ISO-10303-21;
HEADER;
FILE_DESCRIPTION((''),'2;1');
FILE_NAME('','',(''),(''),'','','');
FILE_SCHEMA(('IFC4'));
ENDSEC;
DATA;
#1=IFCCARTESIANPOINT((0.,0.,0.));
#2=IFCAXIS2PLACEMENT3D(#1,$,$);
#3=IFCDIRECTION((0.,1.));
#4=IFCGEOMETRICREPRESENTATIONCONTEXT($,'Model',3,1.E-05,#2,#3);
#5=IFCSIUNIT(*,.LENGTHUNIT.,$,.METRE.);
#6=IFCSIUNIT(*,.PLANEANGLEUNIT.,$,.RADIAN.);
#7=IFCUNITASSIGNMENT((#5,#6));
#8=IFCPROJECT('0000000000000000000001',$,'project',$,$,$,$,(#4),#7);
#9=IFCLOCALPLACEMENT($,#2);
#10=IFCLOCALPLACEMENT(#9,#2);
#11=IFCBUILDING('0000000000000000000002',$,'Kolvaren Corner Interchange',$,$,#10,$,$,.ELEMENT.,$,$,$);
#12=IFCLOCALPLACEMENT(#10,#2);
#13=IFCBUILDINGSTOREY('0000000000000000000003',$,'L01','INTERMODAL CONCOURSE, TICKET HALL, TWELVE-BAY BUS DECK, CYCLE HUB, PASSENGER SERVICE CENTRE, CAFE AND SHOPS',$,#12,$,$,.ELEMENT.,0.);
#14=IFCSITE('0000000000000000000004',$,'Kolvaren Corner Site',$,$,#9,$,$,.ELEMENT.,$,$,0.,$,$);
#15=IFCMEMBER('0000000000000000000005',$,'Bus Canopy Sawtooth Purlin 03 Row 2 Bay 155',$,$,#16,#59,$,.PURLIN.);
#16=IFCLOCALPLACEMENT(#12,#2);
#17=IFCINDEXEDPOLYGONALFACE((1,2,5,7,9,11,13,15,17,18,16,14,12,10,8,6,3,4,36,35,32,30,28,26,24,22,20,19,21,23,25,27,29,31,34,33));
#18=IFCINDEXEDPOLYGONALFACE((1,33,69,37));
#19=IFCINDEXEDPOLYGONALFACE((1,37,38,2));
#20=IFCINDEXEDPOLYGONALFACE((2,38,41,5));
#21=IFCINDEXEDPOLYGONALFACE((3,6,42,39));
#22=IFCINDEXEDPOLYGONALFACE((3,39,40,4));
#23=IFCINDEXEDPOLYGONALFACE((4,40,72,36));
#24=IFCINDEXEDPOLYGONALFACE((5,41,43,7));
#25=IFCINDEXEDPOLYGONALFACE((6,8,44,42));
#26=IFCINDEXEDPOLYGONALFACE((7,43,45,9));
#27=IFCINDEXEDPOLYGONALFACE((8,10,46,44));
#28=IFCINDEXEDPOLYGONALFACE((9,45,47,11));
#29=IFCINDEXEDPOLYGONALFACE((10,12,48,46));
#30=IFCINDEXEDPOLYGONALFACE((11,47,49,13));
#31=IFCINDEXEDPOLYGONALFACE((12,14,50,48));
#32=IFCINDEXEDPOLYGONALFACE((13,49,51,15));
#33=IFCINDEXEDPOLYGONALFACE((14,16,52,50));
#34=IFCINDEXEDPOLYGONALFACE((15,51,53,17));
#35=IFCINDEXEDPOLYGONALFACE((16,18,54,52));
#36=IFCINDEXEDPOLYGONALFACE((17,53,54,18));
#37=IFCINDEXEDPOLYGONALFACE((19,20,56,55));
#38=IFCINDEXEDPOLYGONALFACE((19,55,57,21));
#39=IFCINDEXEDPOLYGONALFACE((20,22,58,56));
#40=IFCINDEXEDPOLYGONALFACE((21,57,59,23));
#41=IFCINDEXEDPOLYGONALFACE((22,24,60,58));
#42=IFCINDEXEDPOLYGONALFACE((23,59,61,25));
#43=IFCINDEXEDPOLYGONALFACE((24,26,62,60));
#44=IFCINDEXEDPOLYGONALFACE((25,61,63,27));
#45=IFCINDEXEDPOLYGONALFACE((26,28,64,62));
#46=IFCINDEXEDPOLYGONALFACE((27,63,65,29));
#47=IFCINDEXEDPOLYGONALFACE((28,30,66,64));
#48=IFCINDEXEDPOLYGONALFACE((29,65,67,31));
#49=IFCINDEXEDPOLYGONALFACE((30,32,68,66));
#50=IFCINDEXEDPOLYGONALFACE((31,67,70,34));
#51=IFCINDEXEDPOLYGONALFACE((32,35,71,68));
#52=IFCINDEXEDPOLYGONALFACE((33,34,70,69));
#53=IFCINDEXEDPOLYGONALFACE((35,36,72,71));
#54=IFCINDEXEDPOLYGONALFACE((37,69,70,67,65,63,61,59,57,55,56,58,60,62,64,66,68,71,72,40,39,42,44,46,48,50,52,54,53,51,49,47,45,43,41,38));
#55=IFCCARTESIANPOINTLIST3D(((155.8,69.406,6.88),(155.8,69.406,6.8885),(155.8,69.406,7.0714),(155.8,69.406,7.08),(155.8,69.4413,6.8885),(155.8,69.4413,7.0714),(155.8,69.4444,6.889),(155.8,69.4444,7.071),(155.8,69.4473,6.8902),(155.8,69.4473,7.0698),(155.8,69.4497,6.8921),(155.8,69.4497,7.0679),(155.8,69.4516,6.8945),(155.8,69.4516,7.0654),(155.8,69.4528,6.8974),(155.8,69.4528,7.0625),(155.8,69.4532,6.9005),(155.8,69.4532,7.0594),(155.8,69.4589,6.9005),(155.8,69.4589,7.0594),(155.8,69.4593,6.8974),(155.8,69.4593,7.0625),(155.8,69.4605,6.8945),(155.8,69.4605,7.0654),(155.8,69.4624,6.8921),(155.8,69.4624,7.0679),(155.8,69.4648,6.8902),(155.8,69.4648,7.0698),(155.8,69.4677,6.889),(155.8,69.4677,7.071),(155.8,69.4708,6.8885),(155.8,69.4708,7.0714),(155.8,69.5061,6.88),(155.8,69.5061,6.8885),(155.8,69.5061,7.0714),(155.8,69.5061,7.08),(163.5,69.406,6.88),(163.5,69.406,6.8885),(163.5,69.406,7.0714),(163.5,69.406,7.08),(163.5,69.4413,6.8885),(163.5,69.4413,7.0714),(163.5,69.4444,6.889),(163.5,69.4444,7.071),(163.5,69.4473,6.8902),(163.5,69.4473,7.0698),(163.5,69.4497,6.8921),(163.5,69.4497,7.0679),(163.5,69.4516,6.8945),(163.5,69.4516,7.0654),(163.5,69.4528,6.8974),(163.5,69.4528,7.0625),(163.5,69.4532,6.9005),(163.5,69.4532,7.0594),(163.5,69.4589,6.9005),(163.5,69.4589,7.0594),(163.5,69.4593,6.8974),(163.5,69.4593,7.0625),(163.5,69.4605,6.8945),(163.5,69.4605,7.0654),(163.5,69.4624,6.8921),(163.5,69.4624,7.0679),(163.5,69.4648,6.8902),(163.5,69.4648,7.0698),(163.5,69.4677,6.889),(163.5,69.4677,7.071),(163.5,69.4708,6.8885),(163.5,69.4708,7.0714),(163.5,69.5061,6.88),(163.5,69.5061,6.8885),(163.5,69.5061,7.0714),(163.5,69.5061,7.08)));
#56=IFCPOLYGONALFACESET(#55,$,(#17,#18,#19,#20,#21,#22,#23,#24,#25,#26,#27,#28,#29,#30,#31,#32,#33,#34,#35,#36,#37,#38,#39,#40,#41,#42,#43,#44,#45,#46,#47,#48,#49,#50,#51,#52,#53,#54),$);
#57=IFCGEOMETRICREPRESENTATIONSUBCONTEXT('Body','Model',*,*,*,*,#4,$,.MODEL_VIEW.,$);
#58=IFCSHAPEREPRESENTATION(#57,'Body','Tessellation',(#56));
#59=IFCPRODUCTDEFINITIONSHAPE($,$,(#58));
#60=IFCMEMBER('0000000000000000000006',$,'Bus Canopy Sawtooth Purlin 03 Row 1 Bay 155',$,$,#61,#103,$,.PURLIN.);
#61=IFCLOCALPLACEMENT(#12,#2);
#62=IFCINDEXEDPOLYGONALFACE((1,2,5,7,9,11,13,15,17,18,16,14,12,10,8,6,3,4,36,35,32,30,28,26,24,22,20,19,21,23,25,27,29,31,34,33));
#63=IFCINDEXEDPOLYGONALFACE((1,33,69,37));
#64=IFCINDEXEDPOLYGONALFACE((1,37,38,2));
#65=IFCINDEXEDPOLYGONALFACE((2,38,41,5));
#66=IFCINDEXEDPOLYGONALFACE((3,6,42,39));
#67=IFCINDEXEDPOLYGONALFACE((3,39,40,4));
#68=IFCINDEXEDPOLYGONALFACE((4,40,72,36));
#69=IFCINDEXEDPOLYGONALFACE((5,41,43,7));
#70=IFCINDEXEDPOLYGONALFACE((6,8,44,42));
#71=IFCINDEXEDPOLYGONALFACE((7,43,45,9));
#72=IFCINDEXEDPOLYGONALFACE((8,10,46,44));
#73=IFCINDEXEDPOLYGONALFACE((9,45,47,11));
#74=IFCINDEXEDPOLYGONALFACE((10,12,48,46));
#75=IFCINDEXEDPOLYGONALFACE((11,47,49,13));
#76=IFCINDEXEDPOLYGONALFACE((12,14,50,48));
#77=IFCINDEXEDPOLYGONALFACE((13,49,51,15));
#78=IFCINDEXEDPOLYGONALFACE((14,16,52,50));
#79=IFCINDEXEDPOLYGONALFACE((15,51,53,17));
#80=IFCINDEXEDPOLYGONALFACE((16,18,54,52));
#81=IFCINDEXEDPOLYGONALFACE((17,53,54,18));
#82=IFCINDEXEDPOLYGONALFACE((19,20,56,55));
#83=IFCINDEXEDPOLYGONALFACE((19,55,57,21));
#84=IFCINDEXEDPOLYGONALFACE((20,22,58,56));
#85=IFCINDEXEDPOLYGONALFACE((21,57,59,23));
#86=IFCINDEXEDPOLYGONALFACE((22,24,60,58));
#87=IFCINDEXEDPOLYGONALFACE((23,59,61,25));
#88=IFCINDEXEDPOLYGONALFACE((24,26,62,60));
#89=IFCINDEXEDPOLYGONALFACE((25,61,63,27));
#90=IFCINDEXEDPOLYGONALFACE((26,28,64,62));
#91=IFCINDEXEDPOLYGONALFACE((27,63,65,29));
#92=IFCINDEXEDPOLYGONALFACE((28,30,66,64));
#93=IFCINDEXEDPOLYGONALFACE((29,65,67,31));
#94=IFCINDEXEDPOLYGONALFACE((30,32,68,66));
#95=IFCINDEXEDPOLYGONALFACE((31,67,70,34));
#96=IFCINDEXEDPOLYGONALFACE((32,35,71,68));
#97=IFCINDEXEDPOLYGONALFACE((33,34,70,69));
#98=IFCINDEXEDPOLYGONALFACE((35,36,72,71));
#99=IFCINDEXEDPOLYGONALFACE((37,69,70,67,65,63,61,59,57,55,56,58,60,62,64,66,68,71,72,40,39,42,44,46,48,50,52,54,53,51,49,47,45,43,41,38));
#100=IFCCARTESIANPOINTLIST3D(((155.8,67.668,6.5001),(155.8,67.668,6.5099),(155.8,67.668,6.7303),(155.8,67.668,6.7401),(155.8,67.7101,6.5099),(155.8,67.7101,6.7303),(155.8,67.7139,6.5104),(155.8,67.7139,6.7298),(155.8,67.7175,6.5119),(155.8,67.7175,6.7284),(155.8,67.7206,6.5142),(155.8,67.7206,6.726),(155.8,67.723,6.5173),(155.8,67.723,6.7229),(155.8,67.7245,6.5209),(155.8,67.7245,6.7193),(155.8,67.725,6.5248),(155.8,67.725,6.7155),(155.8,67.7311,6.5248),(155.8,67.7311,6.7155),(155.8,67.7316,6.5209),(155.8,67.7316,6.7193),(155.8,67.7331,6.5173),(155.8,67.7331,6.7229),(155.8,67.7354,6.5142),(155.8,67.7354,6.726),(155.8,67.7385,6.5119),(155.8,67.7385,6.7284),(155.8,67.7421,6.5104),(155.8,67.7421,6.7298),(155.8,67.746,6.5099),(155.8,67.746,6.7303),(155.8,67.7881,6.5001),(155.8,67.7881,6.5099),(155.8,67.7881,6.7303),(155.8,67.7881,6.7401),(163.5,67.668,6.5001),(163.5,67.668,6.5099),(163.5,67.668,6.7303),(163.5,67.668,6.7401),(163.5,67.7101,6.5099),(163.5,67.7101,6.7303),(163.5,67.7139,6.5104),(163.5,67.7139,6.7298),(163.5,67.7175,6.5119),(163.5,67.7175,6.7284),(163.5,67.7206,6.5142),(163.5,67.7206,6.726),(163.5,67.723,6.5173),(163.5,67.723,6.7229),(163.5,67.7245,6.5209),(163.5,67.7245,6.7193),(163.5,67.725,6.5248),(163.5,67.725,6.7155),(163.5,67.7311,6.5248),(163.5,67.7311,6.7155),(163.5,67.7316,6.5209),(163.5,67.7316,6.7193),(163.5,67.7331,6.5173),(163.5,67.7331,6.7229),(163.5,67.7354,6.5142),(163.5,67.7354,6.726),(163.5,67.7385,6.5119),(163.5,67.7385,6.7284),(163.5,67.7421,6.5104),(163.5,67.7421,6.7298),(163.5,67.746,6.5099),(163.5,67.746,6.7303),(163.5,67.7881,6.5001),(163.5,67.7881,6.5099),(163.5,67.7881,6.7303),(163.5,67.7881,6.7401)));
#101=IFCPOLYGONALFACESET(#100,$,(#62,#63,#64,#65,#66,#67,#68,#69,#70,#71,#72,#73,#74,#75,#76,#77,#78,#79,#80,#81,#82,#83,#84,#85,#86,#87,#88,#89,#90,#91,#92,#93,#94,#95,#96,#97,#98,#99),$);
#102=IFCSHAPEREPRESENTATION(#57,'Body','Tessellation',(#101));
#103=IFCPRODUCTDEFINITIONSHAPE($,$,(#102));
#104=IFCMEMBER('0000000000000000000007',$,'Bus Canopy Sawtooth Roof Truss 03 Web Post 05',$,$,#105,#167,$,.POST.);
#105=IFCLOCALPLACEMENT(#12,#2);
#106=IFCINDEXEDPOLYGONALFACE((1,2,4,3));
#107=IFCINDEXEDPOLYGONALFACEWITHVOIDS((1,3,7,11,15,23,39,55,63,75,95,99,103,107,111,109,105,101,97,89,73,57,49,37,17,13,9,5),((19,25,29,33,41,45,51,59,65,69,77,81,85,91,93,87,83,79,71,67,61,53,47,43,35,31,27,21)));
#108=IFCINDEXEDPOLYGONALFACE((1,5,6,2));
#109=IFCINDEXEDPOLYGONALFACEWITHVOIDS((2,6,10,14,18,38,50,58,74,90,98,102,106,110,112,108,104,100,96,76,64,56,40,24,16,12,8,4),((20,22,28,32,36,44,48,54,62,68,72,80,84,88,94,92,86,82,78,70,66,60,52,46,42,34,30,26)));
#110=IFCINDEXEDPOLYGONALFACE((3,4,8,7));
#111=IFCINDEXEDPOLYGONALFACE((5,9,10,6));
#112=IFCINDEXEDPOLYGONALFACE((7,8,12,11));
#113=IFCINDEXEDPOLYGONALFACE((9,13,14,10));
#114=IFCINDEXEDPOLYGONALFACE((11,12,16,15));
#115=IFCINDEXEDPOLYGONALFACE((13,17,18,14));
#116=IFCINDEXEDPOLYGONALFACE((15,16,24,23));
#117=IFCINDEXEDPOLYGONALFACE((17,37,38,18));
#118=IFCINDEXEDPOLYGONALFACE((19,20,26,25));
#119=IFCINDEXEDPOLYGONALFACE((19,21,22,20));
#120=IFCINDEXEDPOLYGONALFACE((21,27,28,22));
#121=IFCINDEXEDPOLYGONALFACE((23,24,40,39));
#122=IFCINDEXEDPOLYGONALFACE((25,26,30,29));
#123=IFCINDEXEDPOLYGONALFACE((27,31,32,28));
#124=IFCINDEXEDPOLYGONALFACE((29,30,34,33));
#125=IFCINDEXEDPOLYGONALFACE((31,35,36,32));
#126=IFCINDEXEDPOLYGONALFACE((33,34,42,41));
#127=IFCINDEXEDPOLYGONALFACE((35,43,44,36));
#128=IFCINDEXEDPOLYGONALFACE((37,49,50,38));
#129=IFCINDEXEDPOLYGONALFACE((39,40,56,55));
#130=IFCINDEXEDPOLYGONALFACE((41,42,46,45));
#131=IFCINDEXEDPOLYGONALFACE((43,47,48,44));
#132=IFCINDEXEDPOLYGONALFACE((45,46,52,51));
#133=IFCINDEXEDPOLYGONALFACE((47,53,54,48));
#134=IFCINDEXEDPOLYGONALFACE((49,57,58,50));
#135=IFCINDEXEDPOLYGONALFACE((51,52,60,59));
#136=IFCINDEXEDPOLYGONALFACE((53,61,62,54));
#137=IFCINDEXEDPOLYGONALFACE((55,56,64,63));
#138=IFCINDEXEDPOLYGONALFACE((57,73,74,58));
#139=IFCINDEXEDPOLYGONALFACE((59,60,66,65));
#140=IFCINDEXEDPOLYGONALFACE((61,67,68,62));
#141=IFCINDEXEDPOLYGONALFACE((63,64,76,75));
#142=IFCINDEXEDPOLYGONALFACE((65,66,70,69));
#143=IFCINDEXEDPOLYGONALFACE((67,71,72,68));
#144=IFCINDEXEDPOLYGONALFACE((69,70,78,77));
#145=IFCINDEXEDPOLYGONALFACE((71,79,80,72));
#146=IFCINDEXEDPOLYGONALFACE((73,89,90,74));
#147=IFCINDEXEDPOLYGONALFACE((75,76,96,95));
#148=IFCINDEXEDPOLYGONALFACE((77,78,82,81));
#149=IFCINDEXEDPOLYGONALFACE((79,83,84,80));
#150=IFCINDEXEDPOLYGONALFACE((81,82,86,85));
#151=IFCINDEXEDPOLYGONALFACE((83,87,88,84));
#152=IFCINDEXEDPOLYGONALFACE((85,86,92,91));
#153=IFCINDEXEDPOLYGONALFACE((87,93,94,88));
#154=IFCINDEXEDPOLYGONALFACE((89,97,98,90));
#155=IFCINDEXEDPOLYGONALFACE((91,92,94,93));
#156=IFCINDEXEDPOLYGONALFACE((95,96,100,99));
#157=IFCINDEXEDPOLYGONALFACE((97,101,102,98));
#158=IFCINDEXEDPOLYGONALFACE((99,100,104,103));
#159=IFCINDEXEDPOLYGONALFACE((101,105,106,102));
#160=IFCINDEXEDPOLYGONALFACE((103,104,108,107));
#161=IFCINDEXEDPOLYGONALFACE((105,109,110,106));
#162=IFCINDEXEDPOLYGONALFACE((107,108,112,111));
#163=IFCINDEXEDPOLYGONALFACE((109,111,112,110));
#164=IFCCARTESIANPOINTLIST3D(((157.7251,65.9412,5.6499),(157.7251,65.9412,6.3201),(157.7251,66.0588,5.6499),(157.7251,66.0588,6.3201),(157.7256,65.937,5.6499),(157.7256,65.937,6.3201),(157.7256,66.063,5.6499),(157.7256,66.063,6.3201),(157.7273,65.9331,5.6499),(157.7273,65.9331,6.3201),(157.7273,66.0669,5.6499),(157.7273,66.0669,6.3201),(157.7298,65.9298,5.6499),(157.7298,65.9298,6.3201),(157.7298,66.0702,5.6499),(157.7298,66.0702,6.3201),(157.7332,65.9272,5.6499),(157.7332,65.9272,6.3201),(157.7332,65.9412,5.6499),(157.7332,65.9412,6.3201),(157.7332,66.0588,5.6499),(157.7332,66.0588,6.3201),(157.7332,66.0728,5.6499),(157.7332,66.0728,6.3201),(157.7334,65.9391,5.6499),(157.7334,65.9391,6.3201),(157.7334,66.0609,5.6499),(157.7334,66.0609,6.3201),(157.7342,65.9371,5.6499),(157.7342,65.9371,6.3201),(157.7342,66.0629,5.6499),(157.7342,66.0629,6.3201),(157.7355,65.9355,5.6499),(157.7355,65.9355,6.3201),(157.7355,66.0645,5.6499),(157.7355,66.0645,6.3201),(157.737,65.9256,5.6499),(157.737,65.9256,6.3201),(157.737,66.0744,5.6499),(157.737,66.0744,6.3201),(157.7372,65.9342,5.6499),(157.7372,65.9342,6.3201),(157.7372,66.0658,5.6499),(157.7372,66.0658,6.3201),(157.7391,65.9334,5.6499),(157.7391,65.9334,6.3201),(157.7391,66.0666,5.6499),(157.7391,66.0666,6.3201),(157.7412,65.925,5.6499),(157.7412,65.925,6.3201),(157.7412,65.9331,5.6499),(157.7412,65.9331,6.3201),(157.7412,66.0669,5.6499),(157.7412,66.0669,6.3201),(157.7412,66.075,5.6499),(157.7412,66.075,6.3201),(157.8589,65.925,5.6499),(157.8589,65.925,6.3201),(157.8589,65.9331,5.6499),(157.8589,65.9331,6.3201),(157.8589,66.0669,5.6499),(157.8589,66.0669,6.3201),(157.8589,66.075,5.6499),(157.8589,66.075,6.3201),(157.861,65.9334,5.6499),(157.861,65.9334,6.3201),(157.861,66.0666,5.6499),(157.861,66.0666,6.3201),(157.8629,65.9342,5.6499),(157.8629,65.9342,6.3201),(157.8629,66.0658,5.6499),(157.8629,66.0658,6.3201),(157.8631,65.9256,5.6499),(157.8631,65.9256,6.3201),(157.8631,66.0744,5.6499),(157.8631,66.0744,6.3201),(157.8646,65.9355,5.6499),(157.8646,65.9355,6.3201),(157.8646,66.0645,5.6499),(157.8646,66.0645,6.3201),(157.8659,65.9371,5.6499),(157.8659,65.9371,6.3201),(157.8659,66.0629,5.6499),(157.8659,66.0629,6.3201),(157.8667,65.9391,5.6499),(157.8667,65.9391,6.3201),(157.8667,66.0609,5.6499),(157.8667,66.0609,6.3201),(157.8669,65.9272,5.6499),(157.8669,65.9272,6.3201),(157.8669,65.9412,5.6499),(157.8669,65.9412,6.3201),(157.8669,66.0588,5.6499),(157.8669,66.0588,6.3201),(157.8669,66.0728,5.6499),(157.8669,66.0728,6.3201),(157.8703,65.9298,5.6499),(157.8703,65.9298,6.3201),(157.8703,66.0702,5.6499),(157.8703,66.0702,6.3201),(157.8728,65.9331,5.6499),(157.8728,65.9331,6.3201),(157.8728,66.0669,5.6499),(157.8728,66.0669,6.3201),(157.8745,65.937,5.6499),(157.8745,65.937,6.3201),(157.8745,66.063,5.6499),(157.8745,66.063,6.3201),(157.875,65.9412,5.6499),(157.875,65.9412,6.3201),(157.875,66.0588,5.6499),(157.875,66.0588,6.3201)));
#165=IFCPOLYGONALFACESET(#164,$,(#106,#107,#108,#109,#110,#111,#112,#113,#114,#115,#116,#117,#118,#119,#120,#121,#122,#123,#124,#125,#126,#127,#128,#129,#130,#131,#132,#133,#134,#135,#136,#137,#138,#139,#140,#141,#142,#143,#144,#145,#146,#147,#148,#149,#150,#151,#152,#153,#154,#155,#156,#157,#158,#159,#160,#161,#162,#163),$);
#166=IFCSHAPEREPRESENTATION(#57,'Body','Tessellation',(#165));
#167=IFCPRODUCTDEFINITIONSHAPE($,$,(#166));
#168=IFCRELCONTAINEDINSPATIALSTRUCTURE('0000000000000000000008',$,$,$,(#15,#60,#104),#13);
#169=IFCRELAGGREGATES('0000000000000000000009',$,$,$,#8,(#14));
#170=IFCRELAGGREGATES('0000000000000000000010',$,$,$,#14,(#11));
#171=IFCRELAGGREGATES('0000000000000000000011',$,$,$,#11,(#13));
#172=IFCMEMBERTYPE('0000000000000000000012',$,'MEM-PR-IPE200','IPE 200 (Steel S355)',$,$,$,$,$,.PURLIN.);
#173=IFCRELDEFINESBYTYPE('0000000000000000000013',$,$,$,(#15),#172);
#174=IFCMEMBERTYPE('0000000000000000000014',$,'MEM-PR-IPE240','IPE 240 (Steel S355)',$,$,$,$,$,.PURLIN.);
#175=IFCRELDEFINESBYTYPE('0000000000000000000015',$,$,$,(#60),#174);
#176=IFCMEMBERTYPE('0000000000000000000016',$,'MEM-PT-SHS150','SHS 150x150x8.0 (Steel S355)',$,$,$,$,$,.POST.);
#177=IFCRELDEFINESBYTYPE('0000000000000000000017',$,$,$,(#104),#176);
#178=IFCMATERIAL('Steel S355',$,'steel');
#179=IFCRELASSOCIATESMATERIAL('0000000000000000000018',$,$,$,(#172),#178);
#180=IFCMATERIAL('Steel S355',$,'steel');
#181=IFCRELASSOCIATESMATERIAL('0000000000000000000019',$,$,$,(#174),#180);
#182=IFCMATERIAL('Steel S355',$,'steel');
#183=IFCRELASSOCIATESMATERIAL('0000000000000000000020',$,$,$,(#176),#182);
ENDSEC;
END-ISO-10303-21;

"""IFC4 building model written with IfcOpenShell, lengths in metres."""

from ifc_helpers import new_model, si_unit, direction, frame, origin, origin_2d, place, context, subcontext, project, spatial, hollow_rectangle, i_section, extrude, material, material_profile, profile_set, type_object, element, save


model = new_model("IFC4")

# Units and contexts
model_context = context("Model", 3, precision=1e-05, world=origin(), true_north=direction((0.0, 1.0)))
body_context = subcontext(model_context, "Body", "Model", "MODEL_VIEW")
ifc_project = project(units=[si_unit("LENGTHUNIT", "METRE"), si_unit("PLANEANGLEUNIT", "RADIAN")], contexts=[model_context])

# Site, building, storey
site_placement = place(None, origin())
site = spatial("IfcSite", under=ifc_project, at=site_placement, Name="Kolvaren Corner Site", CompositionType="ELEMENT", RefElevation=0.0)
building_placement = place(site_placement, origin())
building = spatial("IfcBuilding", under=site, at=building_placement, Name="Kolvaren Corner Interchange", CompositionType="ELEMENT")
storey_placement = place(building_placement, origin())
storey = spatial("IfcBuildingStorey", under=building, at=storey_placement, Name="L01", Description="INTERMODAL CONCOURSE, TICKET HALL, TWELVE-BAY BUS DECK, CYCLE HUB, PASSENGER SERVICE CENTRE, CAFE AND SHOPS", CompositionType="ELEMENT", Elevation=0.0)

# Members
ifc_material_1 = material(Name="Steel S355", Category="steel")
ifc_material_profile_1 = material_profile(ifc_material_1, i_section(OverallWidth=0.1001, OverallDepth=0.2, WebThickness=0.0056, FlangeThickness=0.0085, FilletRadius=0.012, at=origin_2d()), Name="IPE 200")
ifc_profile_set_1 = profile_set([ifc_material_profile_1], Name="Steel S355")
member_type_1 = type_object("IfcMemberType", Name="MEM-PR-IPE200", Description="IPE 200 (Steel S355)", PredefinedType="PURLIN", material=ifc_profile_set_1)
member_1_placement = place(storey_placement, frame((155.8, 69.4561, 6.98), z_axis=(1.0, 0.0, 0.0), x_axis=(0.0, 1.0, 0.0)))
element("IfcMember", 1, at=member_1_placement, inside=storey, type_object=member_type_1, Name="Bus Canopy Sawtooth Purlin 03 Row 2 Bay 155", PredefinedType="PURLIN", context=body_context, shape_type="SweptSolid", body=[
    extrude(i_section(OverallWidth=0.1001, OverallDepth=0.2, WebThickness=0.0056, FlangeThickness=0.0085, FilletRadius=0.012, at=origin_2d()), origin(), (0.0, 0.0, 1.0), 7.7),
])
ifc_material_2 = material(Name="Steel S355", Category="steel")
ifc_material_profile_2 = material_profile(ifc_material_2, i_section(OverallWidth=0.1201, OverallDepth=0.24, WebThickness=0.0061, FlangeThickness=0.0098, FilletRadius=0.0149, at=origin_2d()), Name="IPE 240")
ifc_profile_set_2 = profile_set([ifc_material_profile_2], Name="Steel S355")
member_type_2 = type_object("IfcMemberType", Name="MEM-PR-IPE240", Description="IPE 240 (Steel S355)", PredefinedType="PURLIN", material=ifc_profile_set_2)
member_2_placement = place(storey_placement, frame((155.8, 67.728, 6.6201), z_axis=(1.0, 0.0, 0.0), x_axis=(0.0, 1.0, 0.0)))
element("IfcMember", 2, at=member_2_placement, inside=storey, type_object=member_type_2, Name="Bus Canopy Sawtooth Purlin 03 Row 1 Bay 155", PredefinedType="PURLIN", context=body_context, shape_type="SweptSolid", body=[
    extrude(i_section(OverallWidth=0.1201, OverallDepth=0.24, WebThickness=0.0061, FlangeThickness=0.0098, FilletRadius=0.0149, at=origin_2d()), origin(), (0.0, 0.0, 1.0), 7.7),
])
ifc_material_3 = material(Name="Steel S355", Category="steel")
ifc_material_profile_3 = material_profile(ifc_material_3, hollow_rectangle(XDim=0.1499, YDim=0.1499, WallThickness=0.0081, InnerFilletRadius=0.0081, OuterFilletRadius=0.0161, at=origin_2d()), Name="SHS 150x150x8.0")
ifc_profile_set_3 = profile_set([ifc_material_profile_3], Name="Steel S355")
member_type_3 = type_object("IfcMemberType", Name="MEM-PT-SHS150", Description="SHS 150x150x8.0 (Steel S355)", PredefinedType="POST", material=ifc_profile_set_3)
for number, where, z_axis, x_axis, name in (
    (3, (157.8, 66.0, 5.6499), (0.0, 0.0, 1.0), (1.0, 0.0, 0.0), "Bus Canopy Sawtooth Roof Truss 03 Web Post 05"),
):
    element("IfcMember", number, at=place(storey_placement, frame(where, z_axis=z_axis, x_axis=x_axis)), inside=storey, type_object=member_type_3, Name=name, PredefinedType="POST", context=body_context, shape_type="SweptSolid", body=[
        extrude(hollow_rectangle(XDim=0.1499, YDim=0.1499, WallThickness=0.0081, InnerFilletRadius=0.0081, OuterFilletRadius=0.0161, at=origin_2d()), origin(), (0.0, 0.0, 1.0), 0.6702),
    ])

save(model, "model.ifc")
